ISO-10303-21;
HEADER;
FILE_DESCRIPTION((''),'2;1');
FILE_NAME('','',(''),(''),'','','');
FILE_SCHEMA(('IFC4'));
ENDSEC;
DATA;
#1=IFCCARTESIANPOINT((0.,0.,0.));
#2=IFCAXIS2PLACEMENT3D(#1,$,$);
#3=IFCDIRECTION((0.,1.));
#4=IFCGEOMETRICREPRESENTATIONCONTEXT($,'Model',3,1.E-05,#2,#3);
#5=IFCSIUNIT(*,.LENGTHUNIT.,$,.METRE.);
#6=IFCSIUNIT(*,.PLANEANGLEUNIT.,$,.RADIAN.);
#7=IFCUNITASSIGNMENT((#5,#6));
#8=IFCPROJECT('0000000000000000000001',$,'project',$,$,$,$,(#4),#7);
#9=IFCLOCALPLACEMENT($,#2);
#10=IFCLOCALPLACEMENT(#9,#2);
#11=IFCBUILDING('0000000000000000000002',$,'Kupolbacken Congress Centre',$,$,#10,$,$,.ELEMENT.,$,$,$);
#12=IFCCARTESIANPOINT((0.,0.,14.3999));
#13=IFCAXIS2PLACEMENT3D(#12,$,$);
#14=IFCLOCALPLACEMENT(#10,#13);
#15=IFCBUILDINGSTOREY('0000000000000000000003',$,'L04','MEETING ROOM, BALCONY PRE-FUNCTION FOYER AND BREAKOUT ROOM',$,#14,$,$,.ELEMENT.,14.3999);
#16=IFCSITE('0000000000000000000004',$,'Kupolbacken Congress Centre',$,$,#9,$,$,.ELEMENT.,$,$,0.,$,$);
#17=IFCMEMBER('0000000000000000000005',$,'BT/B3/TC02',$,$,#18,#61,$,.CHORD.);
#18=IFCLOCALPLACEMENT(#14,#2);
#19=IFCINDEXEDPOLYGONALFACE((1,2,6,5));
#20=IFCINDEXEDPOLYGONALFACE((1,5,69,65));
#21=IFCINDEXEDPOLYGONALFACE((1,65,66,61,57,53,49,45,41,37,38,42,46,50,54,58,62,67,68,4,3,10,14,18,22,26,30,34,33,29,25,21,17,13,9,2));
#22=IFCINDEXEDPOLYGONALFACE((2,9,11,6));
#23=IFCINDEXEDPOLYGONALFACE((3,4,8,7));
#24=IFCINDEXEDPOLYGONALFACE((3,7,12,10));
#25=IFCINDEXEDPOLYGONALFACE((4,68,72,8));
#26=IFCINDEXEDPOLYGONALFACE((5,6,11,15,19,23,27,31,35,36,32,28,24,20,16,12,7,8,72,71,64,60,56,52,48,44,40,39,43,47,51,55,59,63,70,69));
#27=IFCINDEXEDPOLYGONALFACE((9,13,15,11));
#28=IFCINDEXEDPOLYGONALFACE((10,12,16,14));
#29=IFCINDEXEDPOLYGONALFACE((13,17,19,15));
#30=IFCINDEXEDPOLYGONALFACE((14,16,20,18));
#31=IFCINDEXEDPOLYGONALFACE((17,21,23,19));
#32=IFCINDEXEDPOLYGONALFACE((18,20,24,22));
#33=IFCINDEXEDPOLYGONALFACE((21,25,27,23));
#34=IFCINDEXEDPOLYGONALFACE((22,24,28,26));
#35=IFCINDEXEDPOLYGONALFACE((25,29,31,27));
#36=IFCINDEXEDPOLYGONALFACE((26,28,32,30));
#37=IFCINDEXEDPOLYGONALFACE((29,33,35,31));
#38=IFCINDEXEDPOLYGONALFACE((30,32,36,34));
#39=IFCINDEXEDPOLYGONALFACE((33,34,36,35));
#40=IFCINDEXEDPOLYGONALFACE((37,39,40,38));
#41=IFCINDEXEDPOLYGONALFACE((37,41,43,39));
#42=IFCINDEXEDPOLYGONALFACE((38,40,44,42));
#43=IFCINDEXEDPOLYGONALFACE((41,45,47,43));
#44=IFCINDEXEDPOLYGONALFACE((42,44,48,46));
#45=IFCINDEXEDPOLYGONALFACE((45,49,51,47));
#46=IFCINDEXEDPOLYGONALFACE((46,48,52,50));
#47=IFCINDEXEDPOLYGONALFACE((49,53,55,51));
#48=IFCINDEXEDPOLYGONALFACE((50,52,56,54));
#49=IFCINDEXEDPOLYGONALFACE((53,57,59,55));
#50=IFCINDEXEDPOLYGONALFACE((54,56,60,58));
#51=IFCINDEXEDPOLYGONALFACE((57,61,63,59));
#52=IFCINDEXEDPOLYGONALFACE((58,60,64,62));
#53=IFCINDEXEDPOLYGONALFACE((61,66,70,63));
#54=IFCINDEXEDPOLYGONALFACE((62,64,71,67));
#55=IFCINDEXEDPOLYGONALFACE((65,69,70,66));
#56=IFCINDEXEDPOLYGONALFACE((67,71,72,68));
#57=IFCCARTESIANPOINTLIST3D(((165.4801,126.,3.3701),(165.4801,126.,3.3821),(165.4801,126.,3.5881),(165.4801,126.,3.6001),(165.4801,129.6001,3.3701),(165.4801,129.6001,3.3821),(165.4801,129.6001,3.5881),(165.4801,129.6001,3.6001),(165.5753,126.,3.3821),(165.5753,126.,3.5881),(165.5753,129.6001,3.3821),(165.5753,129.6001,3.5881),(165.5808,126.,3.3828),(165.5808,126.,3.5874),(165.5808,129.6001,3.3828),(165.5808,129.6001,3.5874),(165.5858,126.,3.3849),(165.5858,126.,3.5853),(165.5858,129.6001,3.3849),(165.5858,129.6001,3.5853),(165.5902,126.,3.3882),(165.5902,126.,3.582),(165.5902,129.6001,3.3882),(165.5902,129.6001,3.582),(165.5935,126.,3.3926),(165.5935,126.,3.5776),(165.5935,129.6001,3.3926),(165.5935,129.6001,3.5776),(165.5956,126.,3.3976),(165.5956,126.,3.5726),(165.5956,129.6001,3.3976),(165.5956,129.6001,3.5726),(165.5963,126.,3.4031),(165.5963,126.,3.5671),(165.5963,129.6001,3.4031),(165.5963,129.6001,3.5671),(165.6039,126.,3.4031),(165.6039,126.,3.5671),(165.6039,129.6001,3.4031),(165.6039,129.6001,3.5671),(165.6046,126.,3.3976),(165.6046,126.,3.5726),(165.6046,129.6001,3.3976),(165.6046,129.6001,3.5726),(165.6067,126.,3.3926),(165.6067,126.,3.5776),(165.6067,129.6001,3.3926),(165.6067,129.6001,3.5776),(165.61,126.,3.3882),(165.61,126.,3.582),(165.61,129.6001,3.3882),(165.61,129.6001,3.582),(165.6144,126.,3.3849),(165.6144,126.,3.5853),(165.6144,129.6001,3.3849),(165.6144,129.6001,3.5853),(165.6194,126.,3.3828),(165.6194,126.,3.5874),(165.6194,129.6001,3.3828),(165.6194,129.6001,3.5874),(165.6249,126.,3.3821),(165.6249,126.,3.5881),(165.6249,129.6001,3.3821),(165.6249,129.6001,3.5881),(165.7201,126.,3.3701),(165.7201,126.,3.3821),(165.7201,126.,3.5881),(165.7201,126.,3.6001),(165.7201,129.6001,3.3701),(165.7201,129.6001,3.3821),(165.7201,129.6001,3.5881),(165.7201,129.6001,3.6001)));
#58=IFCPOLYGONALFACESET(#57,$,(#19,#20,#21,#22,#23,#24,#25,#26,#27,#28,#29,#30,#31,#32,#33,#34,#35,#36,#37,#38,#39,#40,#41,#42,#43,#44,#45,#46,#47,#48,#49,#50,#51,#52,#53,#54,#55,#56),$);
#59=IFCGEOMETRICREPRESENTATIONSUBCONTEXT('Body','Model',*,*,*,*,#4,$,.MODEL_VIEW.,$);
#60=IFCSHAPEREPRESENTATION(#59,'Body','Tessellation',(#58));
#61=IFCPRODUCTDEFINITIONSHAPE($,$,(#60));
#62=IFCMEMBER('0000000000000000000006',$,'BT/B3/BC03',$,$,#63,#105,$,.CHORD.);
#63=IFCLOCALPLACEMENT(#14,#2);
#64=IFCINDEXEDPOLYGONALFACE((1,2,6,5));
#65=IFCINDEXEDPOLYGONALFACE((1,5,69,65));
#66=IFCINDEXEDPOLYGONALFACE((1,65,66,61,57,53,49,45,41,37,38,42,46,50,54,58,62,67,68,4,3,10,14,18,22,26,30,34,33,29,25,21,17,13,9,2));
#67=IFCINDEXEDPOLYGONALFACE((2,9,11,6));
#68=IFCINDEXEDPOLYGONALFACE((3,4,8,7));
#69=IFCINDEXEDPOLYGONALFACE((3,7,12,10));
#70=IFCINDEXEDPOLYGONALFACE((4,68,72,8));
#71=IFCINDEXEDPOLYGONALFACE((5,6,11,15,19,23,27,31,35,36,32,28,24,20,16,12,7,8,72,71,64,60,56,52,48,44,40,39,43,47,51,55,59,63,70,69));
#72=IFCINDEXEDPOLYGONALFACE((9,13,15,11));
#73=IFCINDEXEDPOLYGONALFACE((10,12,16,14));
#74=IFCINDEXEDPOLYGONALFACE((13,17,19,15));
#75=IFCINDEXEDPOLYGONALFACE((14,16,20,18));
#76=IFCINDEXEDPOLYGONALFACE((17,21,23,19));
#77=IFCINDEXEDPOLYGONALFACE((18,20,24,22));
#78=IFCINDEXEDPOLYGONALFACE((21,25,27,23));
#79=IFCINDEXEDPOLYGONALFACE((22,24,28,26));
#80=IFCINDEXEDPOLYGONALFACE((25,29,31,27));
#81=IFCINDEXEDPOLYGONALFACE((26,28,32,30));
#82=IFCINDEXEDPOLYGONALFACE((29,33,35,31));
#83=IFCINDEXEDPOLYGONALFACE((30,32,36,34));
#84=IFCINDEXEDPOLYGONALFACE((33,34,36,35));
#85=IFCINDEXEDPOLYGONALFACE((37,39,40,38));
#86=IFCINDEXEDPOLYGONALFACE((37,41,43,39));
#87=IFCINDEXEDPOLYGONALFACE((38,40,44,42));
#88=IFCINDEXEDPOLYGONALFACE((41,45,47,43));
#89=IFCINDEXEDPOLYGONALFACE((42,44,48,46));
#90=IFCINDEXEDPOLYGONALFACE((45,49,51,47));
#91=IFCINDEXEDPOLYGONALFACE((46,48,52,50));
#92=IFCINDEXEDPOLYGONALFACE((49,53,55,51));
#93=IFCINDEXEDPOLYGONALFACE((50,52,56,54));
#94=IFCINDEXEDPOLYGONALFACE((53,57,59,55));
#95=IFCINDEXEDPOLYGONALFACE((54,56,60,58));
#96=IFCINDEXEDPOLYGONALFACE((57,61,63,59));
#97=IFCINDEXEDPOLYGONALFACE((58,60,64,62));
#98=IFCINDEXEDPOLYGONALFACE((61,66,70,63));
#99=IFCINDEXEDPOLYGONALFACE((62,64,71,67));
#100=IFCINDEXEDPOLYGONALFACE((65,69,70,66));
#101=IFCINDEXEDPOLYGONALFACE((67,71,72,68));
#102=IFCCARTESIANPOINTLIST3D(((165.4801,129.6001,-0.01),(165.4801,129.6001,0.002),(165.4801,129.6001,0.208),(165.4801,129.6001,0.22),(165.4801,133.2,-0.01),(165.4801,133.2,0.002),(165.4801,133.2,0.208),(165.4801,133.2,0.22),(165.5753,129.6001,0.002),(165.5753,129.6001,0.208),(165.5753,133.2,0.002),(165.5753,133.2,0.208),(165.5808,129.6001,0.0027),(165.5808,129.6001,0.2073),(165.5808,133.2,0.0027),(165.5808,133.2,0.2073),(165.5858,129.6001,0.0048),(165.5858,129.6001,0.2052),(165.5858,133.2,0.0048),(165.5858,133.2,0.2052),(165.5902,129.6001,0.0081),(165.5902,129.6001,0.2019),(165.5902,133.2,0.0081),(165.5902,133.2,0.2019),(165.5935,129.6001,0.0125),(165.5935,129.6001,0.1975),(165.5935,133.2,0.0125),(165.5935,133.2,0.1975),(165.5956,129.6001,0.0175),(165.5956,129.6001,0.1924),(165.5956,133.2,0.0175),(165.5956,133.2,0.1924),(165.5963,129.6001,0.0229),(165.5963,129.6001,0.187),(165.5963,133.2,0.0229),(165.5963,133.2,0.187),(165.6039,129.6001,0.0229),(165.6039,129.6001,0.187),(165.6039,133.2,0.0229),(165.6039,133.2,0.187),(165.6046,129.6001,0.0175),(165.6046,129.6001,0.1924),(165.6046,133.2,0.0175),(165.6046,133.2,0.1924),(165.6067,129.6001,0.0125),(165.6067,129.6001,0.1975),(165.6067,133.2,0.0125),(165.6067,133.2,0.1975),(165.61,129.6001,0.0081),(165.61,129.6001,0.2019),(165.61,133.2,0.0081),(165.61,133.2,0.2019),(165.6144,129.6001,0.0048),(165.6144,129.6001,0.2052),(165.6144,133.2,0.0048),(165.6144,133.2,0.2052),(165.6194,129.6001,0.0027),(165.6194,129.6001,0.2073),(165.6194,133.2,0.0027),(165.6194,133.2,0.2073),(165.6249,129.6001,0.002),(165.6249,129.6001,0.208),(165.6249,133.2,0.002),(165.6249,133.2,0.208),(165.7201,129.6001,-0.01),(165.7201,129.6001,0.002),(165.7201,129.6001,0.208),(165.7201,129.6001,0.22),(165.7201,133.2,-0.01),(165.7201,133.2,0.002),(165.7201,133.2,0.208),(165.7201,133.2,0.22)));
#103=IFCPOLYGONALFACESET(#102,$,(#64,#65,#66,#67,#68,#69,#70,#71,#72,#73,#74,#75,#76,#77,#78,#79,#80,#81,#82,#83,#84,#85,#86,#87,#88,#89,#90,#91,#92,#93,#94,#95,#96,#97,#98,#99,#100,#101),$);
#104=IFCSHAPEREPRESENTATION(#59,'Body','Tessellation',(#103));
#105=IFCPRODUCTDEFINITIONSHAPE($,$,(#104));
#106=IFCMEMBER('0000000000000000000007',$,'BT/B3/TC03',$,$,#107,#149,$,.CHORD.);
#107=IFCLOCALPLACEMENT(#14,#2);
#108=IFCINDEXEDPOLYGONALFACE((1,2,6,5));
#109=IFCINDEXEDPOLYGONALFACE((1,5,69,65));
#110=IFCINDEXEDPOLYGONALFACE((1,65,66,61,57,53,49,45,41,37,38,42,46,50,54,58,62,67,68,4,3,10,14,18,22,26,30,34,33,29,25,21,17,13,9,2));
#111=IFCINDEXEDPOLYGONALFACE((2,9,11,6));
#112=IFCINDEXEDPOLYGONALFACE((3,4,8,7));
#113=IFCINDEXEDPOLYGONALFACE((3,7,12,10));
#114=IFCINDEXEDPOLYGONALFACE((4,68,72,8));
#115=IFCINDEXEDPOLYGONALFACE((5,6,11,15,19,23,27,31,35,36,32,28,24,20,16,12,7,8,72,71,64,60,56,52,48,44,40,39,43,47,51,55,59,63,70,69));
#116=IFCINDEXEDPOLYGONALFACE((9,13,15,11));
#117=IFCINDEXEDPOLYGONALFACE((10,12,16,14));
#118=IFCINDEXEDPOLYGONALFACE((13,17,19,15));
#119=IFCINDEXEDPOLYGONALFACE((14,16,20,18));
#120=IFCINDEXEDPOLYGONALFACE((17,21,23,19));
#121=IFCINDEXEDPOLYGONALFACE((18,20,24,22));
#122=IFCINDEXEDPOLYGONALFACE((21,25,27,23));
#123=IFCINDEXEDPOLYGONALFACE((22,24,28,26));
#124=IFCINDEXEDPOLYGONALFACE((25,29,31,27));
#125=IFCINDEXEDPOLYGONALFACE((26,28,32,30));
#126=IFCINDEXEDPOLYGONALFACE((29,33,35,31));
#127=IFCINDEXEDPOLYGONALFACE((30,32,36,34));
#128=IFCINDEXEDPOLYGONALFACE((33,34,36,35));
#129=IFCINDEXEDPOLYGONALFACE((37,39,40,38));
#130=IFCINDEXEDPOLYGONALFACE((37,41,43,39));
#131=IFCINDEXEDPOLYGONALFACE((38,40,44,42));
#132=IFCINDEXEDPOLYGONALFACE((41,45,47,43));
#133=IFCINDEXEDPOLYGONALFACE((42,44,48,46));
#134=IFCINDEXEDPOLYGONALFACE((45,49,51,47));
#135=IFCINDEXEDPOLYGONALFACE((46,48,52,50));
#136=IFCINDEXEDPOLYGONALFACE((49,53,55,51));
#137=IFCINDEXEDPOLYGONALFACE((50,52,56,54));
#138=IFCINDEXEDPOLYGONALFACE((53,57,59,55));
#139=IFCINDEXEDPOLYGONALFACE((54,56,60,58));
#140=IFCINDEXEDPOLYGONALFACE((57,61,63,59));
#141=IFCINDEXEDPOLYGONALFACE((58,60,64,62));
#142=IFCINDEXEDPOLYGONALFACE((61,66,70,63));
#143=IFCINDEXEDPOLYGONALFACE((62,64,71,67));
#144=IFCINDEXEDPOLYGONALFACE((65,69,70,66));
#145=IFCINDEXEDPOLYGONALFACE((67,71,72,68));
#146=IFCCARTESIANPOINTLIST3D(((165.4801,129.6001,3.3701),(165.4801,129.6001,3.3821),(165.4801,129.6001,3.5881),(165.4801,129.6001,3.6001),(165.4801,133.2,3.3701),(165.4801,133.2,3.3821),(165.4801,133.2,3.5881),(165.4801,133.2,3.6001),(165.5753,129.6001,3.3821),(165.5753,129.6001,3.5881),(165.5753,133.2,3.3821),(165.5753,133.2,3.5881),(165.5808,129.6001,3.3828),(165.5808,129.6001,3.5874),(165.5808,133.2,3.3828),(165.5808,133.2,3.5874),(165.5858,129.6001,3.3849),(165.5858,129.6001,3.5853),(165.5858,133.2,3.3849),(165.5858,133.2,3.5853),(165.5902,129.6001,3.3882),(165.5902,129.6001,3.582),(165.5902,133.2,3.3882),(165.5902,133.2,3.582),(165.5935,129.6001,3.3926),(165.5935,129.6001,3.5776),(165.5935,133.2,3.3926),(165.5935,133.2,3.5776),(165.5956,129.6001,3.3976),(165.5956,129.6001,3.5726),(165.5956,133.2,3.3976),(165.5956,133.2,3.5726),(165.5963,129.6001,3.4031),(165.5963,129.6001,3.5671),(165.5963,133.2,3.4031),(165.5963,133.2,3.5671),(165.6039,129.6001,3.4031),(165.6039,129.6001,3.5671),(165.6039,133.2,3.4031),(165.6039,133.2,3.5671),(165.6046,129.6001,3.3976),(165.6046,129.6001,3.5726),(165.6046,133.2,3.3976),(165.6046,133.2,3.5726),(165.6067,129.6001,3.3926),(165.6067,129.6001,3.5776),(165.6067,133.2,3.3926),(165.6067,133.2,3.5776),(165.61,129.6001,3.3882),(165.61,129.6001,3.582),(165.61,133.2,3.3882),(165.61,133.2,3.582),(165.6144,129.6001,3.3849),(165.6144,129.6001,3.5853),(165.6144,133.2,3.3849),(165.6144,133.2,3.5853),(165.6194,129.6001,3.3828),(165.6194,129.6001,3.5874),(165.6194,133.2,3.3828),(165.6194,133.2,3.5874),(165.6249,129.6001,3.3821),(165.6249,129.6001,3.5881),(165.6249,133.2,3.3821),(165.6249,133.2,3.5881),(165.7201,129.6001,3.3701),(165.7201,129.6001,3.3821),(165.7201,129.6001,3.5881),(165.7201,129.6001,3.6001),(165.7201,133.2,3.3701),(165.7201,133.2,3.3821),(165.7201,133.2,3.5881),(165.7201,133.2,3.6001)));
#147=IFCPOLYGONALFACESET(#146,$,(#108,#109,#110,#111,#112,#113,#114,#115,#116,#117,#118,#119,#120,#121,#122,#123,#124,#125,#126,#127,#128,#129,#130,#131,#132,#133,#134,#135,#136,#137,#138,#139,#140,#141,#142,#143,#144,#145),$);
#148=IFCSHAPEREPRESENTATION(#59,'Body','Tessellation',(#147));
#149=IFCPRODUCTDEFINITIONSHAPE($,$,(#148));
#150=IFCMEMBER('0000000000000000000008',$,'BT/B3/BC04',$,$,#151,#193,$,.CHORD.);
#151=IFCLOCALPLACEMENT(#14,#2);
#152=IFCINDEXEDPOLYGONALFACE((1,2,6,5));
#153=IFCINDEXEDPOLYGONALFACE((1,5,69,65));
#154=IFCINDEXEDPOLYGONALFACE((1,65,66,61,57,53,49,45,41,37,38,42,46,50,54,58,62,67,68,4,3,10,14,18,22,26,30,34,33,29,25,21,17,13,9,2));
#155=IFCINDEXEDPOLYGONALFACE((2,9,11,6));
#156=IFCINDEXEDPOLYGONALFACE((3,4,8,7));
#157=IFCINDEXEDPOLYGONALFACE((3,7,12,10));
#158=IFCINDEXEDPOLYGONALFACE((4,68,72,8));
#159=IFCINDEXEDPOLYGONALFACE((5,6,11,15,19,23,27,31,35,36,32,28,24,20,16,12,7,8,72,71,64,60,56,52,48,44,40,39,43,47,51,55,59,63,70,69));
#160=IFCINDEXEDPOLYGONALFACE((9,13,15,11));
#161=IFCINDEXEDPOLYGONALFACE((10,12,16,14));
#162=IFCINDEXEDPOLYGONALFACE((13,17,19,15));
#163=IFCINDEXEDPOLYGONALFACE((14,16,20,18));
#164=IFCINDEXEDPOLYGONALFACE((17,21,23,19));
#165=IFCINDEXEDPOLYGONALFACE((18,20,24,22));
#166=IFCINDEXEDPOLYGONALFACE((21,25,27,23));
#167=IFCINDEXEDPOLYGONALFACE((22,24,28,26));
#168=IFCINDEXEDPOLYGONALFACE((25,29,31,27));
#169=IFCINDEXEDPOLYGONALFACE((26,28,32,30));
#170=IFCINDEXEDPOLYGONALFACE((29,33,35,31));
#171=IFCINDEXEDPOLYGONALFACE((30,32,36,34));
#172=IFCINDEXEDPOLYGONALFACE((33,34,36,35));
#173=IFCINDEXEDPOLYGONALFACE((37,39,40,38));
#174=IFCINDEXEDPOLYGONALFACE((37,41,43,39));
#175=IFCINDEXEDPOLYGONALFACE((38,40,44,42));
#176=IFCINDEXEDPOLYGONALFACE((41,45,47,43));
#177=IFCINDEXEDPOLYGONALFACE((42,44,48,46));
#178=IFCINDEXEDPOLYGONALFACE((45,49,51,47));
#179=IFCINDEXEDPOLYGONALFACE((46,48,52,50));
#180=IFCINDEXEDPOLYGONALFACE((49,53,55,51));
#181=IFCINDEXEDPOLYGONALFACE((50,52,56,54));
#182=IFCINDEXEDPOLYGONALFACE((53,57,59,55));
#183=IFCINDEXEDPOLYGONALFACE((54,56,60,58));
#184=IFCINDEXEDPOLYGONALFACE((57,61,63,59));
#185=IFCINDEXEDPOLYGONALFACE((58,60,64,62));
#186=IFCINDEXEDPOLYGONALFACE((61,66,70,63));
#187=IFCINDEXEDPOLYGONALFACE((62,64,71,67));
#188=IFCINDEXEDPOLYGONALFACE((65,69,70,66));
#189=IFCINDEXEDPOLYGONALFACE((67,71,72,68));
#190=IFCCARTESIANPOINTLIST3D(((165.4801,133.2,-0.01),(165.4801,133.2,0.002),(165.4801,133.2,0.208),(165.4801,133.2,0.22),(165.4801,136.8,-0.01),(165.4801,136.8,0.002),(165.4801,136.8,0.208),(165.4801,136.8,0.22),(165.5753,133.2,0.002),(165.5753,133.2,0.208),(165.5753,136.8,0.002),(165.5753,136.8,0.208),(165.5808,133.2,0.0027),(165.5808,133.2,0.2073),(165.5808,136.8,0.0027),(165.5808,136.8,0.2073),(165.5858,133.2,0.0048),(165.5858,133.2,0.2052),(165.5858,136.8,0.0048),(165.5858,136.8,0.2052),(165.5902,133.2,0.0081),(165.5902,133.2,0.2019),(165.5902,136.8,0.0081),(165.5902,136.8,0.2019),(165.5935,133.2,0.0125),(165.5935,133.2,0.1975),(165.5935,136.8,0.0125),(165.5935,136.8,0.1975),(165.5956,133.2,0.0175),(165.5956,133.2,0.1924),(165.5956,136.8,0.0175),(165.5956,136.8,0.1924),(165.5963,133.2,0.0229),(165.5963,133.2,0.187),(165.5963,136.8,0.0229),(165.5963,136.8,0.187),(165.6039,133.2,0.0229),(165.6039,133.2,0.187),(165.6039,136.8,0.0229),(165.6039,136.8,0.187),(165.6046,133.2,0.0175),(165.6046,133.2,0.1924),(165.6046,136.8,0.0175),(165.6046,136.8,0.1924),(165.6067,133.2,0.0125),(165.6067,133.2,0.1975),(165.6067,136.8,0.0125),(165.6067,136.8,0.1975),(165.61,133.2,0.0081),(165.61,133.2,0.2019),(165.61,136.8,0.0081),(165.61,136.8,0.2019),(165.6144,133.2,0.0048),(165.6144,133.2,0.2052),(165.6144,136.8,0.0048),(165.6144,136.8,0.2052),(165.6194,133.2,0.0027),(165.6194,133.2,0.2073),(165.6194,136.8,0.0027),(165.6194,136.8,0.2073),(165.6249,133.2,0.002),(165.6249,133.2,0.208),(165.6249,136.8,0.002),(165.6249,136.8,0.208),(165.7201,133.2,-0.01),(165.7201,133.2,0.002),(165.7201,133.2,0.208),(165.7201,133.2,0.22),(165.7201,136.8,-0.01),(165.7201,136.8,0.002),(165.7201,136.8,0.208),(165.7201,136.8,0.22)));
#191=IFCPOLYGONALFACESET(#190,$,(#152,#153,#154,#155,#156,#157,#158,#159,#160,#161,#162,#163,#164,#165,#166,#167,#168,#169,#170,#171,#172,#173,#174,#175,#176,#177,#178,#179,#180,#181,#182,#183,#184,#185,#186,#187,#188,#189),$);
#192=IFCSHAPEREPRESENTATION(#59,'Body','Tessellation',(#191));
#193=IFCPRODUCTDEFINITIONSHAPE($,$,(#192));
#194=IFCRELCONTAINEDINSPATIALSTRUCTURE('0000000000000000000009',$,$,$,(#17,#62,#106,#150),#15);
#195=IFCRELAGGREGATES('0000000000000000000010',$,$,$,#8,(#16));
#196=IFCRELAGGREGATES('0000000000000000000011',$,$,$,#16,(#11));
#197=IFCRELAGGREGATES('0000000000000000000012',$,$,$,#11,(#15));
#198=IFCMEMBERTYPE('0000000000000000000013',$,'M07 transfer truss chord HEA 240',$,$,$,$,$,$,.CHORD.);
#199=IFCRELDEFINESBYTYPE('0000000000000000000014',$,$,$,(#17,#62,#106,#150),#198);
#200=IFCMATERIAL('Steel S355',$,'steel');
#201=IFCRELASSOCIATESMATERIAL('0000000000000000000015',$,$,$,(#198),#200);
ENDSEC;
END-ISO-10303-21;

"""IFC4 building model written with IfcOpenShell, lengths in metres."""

from ifc_helpers import new_model, si_unit, direction, frame, origin, origin_2d, place, context, subcontext, project, spatial, i_section, extrude, material, material_profile, profile_set, type_object, element, save


model = new_model("IFC4")

# Units and contexts
model_context = context("Model", 3, precision=1e-05, world=origin(), true_north=direction((0.0, 1.0)))
body_context = subcontext(model_context, "Body", "Model", "MODEL_VIEW")
ifc_project = project(units=[si_unit("LENGTHUNIT", "METRE"), si_unit("PLANEANGLEUNIT", "RADIAN")], contexts=[model_context])

# Site, building, storey
site_placement = place(None, origin())
site = spatial("IfcSite", under=ifc_project, at=site_placement, Name="Kupolbacken Congress Centre", CompositionType="ELEMENT", RefElevation=0.0)
building_placement = place(site_placement, origin())
building = spatial("IfcBuilding", under=site, at=building_placement, Name="Kupolbacken Congress Centre", CompositionType="ELEMENT")
storey_placement = place(building_placement, frame((0.0, 0.0, 14.3999)))
storey = spatial("IfcBuildingStorey", under=building, at=storey_placement, Name="L04", Description="MEETING ROOM, BALCONY PRE-FUNCTION FOYER AND BREAKOUT ROOM", CompositionType="ELEMENT", Elevation=14.3999)

# Members
ifc_material_1 = material(Name="Steel S355", Category="steel")
ifc_material_profile_1 = material_profile(ifc_material_1, i_section(OverallWidth=0.24, OverallDepth=0.23, WebThickness=0.0076, FlangeThickness=0.012, FilletRadius=0.021, at=origin_2d()), Name="HEA 240")
ifc_profile_set_1 = profile_set([ifc_material_profile_1], Name="Steel S355")
member_type_1 = type_object("IfcMemberType", Name="M07 transfer truss chord HEA 240", PredefinedType="CHORD", material=ifc_profile_set_1)
for number, where, z_axis, x_axis, name in (
    (1, (165.6001, 126.0, 3.4851), (0.0, 1.0, 0.0), (-1.0, 0.0, 0.0), "BT/B3/TC02"),
):
    element("IfcMember", number, at=place(storey_placement, frame(where, z_axis=z_axis, x_axis=x_axis)), inside=storey, type_object=member_type_1, Name=name, PredefinedType="CHORD", context=body_context, shape_type="SweptSolid", body=[
        extrude(i_section(OverallWidth=0.24, OverallDepth=0.23, WebThickness=0.0076, FlangeThickness=0.012, FilletRadius=0.021, at=origin_2d()), origin(), (0.0, 0.0, 1.0), 3.6001),
    ])
for number, where, z_axis, x_axis, name in (
    (2, (165.6001, 129.6001, 0.105), (0.0, 1.0, 0.0), (-1.0, 0.0, 0.0), "BT/B3/BC03"),
    (3, (165.6001, 129.6001, 3.4851), (0.0, 1.0, 0.0), (-1.0, 0.0, 0.0), "BT/B3/TC03"),
):
    element("IfcMember", number, at=place(storey_placement, frame(where, z_axis=z_axis, x_axis=x_axis)), inside=storey, type_object=member_type_1, Name=name, PredefinedType="CHORD", context=body_context, shape_type="SweptSolid", body=[
        extrude(i_section(OverallWidth=0.24, OverallDepth=0.23, WebThickness=0.0076, FlangeThickness=0.012, FilletRadius=0.021, at=origin_2d()), origin(), (0.0, 0.0, 1.0), 3.5999),
    ])
for number, where, z_axis, x_axis, name in (
    (4, (165.6001, 133.2, 0.105), (0.0, 1.0, 0.0), (-1.0, 0.0, 0.0), "BT/B3/BC04"),
):
    element("IfcMember", number, at=place(storey_placement, frame(where, z_axis=z_axis, x_axis=x_axis)), inside=storey, type_object=member_type_1, Name=name, PredefinedType="CHORD", context=body_context, shape_type="SweptSolid", body=[
        extrude(i_section(OverallWidth=0.24, OverallDepth=0.23, WebThickness=0.0076, FlangeThickness=0.012, FilletRadius=0.021, at=origin_2d()), origin(), (0.0, 0.0, 1.0), 3.6001),
    ])

save(model, "model.ifc")
